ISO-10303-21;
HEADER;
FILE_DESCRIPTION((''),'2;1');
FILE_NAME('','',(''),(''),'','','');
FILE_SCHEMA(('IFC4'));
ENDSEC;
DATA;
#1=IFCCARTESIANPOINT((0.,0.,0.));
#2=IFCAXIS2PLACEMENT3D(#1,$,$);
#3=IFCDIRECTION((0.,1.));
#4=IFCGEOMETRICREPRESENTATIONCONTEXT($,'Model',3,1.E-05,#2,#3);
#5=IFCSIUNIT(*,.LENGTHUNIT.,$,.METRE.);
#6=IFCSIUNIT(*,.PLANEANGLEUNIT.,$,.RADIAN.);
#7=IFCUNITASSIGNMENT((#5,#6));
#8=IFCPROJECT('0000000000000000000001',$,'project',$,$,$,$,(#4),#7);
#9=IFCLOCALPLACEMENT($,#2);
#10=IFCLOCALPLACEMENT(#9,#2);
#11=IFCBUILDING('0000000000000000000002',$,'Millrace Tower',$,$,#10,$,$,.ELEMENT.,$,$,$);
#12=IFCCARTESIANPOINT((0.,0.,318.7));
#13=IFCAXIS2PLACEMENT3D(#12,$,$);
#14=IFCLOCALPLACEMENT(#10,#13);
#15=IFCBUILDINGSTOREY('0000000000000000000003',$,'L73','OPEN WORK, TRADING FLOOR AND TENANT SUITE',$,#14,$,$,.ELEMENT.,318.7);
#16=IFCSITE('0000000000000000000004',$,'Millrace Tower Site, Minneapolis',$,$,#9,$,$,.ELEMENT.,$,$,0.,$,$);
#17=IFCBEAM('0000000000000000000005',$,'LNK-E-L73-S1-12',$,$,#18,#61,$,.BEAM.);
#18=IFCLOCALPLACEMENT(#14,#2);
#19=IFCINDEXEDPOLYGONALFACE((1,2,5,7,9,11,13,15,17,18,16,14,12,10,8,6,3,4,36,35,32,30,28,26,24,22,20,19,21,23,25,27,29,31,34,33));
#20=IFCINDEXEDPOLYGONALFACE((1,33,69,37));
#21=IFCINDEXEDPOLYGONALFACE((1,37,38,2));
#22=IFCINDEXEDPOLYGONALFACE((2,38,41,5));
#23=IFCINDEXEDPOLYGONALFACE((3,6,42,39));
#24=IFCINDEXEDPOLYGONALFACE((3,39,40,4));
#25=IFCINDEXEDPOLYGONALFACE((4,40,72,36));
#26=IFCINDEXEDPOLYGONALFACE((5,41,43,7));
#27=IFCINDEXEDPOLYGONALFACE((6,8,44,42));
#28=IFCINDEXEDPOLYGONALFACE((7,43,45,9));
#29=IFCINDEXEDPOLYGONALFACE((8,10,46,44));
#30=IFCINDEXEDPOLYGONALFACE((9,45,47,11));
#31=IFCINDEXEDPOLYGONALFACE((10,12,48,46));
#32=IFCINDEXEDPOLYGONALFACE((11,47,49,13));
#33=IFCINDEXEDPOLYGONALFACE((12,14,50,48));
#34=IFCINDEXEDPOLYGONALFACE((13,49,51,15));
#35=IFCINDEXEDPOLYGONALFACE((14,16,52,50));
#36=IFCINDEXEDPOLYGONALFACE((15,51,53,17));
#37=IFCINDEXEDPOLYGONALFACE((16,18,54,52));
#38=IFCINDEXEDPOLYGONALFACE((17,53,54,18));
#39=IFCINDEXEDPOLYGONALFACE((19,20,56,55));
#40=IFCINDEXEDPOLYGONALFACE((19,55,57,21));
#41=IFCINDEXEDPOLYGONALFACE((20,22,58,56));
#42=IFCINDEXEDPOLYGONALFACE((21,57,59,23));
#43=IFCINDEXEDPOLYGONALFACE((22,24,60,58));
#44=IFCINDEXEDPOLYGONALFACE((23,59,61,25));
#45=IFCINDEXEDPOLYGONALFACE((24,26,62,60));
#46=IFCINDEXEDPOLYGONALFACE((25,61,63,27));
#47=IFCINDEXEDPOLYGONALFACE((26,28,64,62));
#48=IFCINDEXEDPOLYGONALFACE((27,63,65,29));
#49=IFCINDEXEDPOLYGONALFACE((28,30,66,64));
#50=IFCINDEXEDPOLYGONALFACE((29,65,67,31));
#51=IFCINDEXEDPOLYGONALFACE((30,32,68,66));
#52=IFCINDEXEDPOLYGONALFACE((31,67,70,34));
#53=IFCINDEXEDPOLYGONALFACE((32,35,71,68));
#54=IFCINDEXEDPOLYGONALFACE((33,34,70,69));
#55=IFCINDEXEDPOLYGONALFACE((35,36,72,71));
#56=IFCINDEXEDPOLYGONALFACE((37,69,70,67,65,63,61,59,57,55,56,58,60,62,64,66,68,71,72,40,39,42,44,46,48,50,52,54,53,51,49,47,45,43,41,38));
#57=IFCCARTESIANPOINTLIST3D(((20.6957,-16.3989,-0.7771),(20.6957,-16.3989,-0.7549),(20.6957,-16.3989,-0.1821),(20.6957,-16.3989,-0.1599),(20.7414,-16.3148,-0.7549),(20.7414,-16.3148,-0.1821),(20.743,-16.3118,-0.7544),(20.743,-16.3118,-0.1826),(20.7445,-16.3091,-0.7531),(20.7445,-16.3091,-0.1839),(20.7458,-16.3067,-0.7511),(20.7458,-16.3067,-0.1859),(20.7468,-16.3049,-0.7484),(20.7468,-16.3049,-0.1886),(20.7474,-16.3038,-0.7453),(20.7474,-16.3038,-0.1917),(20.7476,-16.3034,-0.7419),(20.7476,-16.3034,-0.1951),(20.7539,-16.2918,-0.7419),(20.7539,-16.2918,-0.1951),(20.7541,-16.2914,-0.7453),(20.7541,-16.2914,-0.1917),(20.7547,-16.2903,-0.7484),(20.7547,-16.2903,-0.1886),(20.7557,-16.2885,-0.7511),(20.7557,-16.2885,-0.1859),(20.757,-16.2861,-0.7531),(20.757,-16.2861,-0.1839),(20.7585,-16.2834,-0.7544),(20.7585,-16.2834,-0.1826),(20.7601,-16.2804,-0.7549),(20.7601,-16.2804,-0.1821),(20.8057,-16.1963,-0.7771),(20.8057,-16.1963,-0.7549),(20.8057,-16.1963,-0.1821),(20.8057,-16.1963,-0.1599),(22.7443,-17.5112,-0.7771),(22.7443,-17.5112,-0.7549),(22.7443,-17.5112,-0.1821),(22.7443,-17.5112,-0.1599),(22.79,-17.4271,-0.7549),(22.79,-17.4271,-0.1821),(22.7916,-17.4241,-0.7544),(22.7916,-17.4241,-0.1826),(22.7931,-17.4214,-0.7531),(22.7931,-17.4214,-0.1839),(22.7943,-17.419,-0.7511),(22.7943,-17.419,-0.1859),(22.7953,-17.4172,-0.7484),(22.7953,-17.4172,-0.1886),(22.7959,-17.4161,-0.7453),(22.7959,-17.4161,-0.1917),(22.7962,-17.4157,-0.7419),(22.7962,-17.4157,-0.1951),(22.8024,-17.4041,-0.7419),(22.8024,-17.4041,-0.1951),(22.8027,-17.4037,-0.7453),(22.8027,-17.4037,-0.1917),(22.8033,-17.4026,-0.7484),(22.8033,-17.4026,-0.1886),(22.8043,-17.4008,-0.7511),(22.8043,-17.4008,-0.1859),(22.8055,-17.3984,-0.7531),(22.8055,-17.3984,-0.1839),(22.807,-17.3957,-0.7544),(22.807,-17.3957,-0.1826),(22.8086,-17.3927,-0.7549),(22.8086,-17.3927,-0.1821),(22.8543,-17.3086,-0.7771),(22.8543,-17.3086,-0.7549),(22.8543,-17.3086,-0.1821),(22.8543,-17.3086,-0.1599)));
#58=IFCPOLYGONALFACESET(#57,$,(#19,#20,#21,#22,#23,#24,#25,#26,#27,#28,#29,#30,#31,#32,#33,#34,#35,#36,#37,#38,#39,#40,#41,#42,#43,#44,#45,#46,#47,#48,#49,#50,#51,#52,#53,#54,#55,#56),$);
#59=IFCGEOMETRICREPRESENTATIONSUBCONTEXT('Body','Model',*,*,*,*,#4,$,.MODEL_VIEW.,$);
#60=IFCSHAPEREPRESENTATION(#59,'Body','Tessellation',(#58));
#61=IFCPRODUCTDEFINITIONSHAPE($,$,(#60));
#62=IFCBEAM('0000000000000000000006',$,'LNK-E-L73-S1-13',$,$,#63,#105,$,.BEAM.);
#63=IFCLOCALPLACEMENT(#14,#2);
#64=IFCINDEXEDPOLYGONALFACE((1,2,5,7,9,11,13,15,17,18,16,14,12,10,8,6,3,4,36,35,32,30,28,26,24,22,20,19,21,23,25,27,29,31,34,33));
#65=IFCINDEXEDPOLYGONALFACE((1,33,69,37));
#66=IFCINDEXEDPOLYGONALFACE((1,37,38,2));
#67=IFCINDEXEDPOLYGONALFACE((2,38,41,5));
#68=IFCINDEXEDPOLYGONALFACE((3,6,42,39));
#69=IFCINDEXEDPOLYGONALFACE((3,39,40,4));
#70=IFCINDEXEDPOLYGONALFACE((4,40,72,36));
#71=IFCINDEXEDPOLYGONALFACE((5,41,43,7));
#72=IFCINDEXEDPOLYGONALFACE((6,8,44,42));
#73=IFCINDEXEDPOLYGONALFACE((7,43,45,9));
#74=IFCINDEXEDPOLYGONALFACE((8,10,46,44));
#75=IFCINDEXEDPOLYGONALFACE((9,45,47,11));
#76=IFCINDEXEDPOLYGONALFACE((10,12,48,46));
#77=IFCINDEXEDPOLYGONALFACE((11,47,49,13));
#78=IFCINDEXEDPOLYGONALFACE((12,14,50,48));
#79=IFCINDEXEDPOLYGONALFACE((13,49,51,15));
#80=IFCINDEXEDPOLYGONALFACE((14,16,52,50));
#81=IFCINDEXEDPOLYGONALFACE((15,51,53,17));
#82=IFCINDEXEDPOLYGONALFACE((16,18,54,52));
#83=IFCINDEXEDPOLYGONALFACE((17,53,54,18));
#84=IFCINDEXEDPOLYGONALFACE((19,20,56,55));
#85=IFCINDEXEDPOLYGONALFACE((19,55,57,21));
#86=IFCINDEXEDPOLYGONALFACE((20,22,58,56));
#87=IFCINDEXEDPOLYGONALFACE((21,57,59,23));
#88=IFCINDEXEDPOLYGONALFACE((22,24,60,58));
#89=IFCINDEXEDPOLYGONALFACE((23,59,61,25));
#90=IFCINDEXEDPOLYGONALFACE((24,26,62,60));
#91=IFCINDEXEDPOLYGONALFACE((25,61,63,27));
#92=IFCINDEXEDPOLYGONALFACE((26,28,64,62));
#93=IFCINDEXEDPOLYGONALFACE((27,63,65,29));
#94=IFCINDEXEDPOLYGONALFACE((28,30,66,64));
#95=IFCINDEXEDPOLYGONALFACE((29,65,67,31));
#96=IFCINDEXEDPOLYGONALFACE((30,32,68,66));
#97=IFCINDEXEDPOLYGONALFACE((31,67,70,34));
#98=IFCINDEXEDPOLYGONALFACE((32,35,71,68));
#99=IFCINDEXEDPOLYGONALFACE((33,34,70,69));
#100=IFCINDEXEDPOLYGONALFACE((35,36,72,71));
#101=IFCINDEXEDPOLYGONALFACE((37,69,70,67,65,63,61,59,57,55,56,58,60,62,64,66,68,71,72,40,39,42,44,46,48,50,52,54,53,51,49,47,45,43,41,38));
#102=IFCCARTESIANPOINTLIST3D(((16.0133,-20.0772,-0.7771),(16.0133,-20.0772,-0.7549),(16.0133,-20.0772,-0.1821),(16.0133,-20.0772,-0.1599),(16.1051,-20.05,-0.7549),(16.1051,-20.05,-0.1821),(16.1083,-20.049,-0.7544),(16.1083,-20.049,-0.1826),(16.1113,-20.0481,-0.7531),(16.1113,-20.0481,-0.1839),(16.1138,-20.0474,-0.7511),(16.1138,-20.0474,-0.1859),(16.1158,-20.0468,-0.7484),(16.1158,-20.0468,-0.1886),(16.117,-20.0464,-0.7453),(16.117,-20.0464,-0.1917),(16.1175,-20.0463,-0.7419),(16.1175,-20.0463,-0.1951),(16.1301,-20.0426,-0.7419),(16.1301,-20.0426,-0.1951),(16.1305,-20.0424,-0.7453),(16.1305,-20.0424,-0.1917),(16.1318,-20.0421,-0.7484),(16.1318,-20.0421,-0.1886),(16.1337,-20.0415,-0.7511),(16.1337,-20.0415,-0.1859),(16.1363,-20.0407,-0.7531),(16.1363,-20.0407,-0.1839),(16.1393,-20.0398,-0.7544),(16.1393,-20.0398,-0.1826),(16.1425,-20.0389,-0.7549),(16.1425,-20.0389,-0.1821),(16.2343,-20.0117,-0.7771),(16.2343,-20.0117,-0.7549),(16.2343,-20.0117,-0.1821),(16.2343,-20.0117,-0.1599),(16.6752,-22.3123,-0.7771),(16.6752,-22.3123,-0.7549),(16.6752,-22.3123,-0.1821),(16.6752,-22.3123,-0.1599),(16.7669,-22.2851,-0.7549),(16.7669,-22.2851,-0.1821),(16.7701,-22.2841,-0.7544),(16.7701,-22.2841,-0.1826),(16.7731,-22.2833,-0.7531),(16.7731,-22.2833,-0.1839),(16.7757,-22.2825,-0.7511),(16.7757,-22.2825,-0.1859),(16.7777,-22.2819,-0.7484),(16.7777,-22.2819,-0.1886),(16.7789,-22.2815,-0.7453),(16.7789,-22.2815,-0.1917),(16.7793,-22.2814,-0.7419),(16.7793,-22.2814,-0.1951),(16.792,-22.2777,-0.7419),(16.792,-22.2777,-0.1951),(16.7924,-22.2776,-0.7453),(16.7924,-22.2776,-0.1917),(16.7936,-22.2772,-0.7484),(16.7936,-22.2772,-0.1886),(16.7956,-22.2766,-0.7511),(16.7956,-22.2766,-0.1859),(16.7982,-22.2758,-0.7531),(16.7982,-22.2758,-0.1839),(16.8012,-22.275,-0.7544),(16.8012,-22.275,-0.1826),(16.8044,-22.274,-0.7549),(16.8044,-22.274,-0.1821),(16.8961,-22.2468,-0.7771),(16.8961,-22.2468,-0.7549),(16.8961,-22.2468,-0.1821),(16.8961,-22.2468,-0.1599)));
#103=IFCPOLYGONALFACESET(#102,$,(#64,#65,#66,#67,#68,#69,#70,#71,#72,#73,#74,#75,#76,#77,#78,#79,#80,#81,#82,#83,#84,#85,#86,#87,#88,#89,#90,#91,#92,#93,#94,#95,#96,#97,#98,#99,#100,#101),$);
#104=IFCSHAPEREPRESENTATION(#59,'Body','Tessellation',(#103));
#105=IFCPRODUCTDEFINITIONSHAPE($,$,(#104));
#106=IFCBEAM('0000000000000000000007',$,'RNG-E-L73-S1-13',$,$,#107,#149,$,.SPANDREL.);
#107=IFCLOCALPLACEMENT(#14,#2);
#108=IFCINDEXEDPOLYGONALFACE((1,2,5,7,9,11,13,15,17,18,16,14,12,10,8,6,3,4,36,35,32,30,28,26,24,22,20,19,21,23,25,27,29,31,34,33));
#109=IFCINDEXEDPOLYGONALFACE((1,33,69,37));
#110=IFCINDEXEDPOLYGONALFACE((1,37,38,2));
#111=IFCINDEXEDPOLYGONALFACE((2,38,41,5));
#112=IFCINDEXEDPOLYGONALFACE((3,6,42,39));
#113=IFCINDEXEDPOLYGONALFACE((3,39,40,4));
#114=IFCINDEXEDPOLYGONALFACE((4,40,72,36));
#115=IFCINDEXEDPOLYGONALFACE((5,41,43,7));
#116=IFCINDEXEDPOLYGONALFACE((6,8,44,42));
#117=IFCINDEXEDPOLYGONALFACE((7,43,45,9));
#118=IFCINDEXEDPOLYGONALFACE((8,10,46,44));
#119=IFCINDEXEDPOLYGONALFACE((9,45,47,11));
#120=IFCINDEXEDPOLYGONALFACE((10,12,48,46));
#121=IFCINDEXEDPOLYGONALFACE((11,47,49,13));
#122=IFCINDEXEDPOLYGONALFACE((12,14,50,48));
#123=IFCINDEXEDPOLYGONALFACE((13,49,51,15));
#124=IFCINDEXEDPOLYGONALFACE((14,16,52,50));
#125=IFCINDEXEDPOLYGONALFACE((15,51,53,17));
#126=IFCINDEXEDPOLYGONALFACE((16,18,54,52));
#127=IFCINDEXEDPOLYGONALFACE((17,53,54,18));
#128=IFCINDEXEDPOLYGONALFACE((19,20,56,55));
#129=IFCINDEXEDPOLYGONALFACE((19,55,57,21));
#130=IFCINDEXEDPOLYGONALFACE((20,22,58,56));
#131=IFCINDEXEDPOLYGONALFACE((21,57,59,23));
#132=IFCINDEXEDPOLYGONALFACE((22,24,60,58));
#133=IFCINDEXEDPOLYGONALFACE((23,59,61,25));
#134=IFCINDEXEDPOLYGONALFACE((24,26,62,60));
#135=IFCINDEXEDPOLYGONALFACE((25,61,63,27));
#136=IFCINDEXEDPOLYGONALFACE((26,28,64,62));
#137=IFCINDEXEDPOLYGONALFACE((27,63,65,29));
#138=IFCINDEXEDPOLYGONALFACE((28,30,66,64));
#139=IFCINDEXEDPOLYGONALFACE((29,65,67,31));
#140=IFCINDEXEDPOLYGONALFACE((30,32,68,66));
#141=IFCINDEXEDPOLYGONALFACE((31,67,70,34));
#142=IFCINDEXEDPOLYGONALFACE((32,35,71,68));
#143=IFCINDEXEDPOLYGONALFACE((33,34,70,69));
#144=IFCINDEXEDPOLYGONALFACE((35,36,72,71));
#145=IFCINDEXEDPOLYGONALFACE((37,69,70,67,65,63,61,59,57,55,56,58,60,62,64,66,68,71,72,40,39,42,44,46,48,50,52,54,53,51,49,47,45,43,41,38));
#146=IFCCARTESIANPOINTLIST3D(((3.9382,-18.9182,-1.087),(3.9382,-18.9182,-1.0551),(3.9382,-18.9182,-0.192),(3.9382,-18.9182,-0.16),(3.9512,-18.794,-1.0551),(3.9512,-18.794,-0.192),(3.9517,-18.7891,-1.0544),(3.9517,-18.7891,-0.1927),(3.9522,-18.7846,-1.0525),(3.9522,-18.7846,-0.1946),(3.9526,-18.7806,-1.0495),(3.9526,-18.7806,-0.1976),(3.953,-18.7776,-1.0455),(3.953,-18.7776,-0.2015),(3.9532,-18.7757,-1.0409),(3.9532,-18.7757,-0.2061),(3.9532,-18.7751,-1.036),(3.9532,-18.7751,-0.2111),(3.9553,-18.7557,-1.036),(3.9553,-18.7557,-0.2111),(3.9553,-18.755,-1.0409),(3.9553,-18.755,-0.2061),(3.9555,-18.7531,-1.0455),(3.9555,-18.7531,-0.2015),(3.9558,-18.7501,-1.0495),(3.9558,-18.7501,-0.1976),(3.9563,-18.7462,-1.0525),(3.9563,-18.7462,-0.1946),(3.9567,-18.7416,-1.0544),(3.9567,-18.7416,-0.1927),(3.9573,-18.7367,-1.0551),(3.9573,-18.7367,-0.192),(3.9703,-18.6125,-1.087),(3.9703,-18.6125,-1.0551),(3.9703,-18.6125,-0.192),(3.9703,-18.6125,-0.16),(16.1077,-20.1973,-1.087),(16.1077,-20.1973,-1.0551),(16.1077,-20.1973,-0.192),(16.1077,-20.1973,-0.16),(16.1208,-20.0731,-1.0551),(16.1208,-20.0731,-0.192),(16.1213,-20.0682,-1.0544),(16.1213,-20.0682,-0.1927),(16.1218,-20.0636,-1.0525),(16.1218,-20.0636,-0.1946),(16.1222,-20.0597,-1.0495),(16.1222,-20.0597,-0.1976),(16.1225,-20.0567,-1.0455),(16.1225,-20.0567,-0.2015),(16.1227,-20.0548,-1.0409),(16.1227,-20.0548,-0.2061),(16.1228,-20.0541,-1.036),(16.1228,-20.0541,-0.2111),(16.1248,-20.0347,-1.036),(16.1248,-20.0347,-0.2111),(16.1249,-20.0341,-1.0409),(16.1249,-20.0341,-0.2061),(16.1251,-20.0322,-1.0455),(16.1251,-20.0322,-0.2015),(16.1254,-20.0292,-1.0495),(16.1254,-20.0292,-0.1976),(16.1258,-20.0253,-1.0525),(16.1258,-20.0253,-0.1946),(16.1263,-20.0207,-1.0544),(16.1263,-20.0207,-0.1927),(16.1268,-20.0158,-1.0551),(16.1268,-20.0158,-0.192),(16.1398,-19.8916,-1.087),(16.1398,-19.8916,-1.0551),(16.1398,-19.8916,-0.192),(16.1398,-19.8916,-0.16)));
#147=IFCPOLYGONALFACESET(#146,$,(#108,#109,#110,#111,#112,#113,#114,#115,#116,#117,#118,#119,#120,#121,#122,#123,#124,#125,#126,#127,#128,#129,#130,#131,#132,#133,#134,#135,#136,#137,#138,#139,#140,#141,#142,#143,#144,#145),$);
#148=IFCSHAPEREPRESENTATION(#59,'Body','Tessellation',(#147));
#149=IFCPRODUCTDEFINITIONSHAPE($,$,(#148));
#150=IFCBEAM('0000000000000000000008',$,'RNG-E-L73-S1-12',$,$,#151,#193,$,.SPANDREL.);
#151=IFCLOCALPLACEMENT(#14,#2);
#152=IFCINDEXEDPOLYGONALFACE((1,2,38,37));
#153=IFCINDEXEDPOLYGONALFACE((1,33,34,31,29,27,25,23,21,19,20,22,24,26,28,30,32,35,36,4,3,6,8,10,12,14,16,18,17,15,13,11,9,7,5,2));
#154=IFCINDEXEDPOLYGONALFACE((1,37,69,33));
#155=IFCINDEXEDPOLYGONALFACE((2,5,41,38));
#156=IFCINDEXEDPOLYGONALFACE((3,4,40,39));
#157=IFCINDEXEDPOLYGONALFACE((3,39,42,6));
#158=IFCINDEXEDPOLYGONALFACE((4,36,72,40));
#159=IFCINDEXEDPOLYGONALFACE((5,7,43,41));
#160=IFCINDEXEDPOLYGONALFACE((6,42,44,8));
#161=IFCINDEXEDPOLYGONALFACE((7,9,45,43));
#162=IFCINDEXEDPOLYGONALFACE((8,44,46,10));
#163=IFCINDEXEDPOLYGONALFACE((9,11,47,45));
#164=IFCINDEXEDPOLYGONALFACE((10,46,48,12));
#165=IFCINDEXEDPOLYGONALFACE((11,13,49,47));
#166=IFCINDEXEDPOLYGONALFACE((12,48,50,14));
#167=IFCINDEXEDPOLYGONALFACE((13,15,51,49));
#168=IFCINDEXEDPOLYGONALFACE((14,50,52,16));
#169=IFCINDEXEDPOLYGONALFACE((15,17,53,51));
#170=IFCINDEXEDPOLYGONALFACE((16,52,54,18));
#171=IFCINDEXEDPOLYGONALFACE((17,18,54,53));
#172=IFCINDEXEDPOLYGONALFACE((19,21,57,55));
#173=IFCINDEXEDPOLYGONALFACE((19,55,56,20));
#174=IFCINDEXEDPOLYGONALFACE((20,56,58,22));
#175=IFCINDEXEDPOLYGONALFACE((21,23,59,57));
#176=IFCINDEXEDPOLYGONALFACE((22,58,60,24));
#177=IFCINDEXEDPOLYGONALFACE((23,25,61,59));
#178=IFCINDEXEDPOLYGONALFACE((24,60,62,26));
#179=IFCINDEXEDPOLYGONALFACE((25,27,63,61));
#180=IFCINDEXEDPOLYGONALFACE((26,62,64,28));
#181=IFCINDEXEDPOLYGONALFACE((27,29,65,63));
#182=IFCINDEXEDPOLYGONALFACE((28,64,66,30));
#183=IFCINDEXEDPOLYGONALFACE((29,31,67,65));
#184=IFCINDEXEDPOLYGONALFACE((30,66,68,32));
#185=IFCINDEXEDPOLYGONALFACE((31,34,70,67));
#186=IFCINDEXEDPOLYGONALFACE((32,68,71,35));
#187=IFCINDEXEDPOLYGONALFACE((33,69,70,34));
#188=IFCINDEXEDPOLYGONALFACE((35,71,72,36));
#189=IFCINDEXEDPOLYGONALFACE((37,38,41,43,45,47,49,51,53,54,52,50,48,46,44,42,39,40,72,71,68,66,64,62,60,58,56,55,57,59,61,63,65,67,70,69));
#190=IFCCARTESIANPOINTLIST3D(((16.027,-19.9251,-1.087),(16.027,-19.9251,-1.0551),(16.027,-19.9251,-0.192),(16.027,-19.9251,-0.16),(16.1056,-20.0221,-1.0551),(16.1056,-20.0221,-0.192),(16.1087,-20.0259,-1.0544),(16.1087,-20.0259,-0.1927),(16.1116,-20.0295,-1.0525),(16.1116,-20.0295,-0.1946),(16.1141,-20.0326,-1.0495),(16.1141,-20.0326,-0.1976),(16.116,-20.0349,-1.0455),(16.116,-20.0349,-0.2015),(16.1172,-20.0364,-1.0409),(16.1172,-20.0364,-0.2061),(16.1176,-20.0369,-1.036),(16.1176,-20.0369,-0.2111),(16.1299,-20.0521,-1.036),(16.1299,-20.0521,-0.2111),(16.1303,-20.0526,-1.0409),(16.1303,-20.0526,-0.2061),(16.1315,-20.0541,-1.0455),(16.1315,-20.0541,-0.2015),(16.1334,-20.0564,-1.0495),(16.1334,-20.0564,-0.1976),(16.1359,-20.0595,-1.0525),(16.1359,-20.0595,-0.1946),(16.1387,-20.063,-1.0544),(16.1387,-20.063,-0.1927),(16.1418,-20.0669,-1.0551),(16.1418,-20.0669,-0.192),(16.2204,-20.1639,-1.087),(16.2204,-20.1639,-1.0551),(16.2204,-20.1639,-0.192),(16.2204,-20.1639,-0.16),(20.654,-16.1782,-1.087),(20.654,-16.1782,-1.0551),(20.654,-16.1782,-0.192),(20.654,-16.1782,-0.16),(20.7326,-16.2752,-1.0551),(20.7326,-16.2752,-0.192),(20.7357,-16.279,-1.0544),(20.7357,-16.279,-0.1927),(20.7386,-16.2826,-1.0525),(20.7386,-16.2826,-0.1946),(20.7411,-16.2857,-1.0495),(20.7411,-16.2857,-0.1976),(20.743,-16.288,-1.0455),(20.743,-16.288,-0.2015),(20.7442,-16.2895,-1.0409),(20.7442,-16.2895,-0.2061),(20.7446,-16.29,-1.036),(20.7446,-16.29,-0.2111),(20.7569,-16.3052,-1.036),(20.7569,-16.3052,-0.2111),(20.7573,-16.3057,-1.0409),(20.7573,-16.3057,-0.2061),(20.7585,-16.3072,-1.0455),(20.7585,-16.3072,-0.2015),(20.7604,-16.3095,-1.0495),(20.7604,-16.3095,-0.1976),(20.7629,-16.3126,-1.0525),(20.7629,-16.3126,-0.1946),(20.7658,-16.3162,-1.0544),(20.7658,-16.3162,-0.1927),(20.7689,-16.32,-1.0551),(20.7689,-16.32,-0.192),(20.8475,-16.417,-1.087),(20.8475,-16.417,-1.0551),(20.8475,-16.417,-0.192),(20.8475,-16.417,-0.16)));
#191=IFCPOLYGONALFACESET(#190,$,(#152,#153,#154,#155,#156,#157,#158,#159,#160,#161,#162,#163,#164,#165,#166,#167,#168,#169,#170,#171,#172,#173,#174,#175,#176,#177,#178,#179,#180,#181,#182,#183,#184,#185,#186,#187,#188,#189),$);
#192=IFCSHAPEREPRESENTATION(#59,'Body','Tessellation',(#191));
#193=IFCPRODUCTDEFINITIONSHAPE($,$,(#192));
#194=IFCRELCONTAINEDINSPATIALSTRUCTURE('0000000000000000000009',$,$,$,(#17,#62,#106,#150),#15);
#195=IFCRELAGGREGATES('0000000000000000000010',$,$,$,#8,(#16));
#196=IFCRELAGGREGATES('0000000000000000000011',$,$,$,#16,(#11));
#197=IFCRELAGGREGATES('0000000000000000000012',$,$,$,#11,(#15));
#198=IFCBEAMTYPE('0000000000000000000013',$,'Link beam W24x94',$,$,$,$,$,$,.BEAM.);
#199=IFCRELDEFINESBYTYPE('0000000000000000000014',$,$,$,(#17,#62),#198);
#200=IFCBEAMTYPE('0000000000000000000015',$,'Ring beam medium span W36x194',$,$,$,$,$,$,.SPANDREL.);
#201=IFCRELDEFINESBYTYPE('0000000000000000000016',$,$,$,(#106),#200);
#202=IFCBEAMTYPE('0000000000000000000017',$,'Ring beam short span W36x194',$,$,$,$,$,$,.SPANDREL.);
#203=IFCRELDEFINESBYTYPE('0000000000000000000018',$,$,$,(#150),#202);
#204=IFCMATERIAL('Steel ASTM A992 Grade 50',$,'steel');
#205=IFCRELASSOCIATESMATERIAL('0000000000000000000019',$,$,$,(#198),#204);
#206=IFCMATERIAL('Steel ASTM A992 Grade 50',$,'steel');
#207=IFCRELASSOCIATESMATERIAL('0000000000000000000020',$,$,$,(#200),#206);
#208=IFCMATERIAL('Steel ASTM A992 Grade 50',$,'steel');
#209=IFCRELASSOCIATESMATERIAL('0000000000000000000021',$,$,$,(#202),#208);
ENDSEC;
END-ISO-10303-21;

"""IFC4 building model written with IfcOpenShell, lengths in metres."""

from ifc_helpers import new_model, si_unit, direction, frame, origin, origin_2d, place, context, subcontext, project, spatial, i_section, extrude, material, material_profile, profile_set, type_object, element, save


model = new_model("IFC4")

# Units and contexts
model_context = context("Model", 3, precision=1e-05, world=origin(), true_north=direction((0.0, 1.0)))
body_context = subcontext(model_context, "Body", "Model", "MODEL_VIEW")
ifc_project = project(units=[si_unit("LENGTHUNIT", "METRE"), si_unit("PLANEANGLEUNIT", "RADIAN")], contexts=[model_context])

# Site, building, storey
site_placement = place(None, origin())
site = spatial("IfcSite", under=ifc_project, at=site_placement, Name="Millrace Tower Site, Minneapolis", CompositionType="ELEMENT", RefElevation=0.0)
building_placement = place(site_placement, origin())
building = spatial("IfcBuilding", under=site, at=building_placement, Name="Millrace Tower", CompositionType="ELEMENT")
storey_placement = place(building_placement, frame((0.0, 0.0, 318.7)))
storey = spatial("IfcBuildingStorey", under=building, at=storey_placement, Name="L73", Description="OPEN WORK, TRADING FLOOR AND TENANT SUITE", CompositionType="ELEMENT", Elevation=318.7)

# Beams
ifc_material_1 = material(Name="Steel ASTM A992 Grade 50", Category="steel")
ifc_material_profile_1 = material_profile(ifc_material_1, i_section(OverallWidth=0.2305, OverallDepth=0.6172, WebThickness=0.0132, FlangeThickness=0.0222, FilletRadius=0.0129, at=origin_2d()))
ifc_profile_set_1 = profile_set([ifc_material_profile_1], Name="Steel ASTM A992 Grade 50")
beam_type_1 = type_object("IfcBeamType", Name="Link beam W24x94", PredefinedType="BEAM", material=ifc_profile_set_1)
for number, where, z_axis, x_axis, name in (
    (1, (20.7507, -16.2976, -0.4685), (0.878815, -0.477164, 0.0), (0.477164, 0.878815, 0.0), "LNK-E-L73-S1-12"),
    (2, (16.1238, -20.0444, -0.4685), (0.283935, -0.958844, 0.0), (0.958844, 0.283935, 0.0), "LNK-E-L73-S1-13"),
):
    element("IfcBeam", number, at=place(storey_placement, frame(where, z_axis=z_axis, x_axis=x_axis)), inside=storey, type_object=beam_type_1, Name=name, PredefinedType="BEAM", context=body_context, shape_type="SweptSolid", body=[
        extrude(i_section(OverallWidth=0.2305, OverallDepth=0.6172, WebThickness=0.0132, FlangeThickness=0.0222, FilletRadius=0.0129, at=origin_2d()), origin(), (0.0, 0.0, 1.0), 2.3311),
    ])
ifc_material_2 = material(Name="Steel ASTM A992 Grade 50", Category="steel")
ifc_material_profile_2 = material_profile(ifc_material_2, i_section(OverallWidth=0.3074, OverallDepth=0.927, WebThickness=0.0195, FlangeThickness=0.032, FilletRadius=0.019, at=origin_2d()))
ifc_profile_set_2 = profile_set([ifc_material_profile_2], Name="Steel ASTM A992 Grade 50")
beam_type_2 = type_object("IfcBeamType", Name="Ring beam medium span W36x194", PredefinedType="SPANDREL", material=ifc_profile_set_2)
beam_1_placement = place(storey_placement, frame((16.1238, -20.0444, -0.6235), z_axis=(-0.994522, 0.104528, 0.0), x_axis=(-0.104528, -0.994522, 0.0)))
element("IfcBeam", 3, at=beam_1_placement, inside=storey, type_object=beam_type_2, Name="RNG-E-L73-S1-13", PredefinedType="SPANDREL", context=body_context, shape_type="SweptSolid", body=[
    extrude(i_section(OverallWidth=0.3074, OverallDepth=0.927, WebThickness=0.0195, FlangeThickness=0.032, FilletRadius=0.019, at=origin_2d()), origin(), (0.0, 0.0, 1.0), 12.2366),
])
ifc_material_3 = material(Name="Steel ASTM A992 Grade 50", Category="steel")
ifc_material_profile_3 = material_profile(ifc_material_3, i_section(OverallWidth=0.3074, OverallDepth=0.927, WebThickness=0.0195, FlangeThickness=0.032, FilletRadius=0.019, at=origin_2d()))
ifc_profile_set_3 = profile_set([ifc_material_profile_3], Name="Steel ASTM A992 Grade 50")
beam_type_3 = type_object("IfcBeamType", Name="Ring beam short span W36x194", PredefinedType="SPANDREL", material=ifc_profile_set_3)
beam_2_placement = place(storey_placement, frame((20.7507, -16.2976, -0.6235), z_axis=(-0.777147, -0.62932, 0.0), x_axis=(0.62932, -0.777147, 0.0)))
element("IfcBeam", 4, at=beam_2_placement, inside=storey, type_object=beam_type_3, Name="RNG-E-L73-S1-12", PredefinedType="SPANDREL", context=body_context, shape_type="SweptSolid", body=[
    extrude(i_section(OverallWidth=0.3074, OverallDepth=0.927, WebThickness=0.0195, FlangeThickness=0.032, FilletRadius=0.019, at=origin_2d()), origin(), (0.0, 0.0, 1.0), 5.9539),
])

save(model, "model.ifc")
